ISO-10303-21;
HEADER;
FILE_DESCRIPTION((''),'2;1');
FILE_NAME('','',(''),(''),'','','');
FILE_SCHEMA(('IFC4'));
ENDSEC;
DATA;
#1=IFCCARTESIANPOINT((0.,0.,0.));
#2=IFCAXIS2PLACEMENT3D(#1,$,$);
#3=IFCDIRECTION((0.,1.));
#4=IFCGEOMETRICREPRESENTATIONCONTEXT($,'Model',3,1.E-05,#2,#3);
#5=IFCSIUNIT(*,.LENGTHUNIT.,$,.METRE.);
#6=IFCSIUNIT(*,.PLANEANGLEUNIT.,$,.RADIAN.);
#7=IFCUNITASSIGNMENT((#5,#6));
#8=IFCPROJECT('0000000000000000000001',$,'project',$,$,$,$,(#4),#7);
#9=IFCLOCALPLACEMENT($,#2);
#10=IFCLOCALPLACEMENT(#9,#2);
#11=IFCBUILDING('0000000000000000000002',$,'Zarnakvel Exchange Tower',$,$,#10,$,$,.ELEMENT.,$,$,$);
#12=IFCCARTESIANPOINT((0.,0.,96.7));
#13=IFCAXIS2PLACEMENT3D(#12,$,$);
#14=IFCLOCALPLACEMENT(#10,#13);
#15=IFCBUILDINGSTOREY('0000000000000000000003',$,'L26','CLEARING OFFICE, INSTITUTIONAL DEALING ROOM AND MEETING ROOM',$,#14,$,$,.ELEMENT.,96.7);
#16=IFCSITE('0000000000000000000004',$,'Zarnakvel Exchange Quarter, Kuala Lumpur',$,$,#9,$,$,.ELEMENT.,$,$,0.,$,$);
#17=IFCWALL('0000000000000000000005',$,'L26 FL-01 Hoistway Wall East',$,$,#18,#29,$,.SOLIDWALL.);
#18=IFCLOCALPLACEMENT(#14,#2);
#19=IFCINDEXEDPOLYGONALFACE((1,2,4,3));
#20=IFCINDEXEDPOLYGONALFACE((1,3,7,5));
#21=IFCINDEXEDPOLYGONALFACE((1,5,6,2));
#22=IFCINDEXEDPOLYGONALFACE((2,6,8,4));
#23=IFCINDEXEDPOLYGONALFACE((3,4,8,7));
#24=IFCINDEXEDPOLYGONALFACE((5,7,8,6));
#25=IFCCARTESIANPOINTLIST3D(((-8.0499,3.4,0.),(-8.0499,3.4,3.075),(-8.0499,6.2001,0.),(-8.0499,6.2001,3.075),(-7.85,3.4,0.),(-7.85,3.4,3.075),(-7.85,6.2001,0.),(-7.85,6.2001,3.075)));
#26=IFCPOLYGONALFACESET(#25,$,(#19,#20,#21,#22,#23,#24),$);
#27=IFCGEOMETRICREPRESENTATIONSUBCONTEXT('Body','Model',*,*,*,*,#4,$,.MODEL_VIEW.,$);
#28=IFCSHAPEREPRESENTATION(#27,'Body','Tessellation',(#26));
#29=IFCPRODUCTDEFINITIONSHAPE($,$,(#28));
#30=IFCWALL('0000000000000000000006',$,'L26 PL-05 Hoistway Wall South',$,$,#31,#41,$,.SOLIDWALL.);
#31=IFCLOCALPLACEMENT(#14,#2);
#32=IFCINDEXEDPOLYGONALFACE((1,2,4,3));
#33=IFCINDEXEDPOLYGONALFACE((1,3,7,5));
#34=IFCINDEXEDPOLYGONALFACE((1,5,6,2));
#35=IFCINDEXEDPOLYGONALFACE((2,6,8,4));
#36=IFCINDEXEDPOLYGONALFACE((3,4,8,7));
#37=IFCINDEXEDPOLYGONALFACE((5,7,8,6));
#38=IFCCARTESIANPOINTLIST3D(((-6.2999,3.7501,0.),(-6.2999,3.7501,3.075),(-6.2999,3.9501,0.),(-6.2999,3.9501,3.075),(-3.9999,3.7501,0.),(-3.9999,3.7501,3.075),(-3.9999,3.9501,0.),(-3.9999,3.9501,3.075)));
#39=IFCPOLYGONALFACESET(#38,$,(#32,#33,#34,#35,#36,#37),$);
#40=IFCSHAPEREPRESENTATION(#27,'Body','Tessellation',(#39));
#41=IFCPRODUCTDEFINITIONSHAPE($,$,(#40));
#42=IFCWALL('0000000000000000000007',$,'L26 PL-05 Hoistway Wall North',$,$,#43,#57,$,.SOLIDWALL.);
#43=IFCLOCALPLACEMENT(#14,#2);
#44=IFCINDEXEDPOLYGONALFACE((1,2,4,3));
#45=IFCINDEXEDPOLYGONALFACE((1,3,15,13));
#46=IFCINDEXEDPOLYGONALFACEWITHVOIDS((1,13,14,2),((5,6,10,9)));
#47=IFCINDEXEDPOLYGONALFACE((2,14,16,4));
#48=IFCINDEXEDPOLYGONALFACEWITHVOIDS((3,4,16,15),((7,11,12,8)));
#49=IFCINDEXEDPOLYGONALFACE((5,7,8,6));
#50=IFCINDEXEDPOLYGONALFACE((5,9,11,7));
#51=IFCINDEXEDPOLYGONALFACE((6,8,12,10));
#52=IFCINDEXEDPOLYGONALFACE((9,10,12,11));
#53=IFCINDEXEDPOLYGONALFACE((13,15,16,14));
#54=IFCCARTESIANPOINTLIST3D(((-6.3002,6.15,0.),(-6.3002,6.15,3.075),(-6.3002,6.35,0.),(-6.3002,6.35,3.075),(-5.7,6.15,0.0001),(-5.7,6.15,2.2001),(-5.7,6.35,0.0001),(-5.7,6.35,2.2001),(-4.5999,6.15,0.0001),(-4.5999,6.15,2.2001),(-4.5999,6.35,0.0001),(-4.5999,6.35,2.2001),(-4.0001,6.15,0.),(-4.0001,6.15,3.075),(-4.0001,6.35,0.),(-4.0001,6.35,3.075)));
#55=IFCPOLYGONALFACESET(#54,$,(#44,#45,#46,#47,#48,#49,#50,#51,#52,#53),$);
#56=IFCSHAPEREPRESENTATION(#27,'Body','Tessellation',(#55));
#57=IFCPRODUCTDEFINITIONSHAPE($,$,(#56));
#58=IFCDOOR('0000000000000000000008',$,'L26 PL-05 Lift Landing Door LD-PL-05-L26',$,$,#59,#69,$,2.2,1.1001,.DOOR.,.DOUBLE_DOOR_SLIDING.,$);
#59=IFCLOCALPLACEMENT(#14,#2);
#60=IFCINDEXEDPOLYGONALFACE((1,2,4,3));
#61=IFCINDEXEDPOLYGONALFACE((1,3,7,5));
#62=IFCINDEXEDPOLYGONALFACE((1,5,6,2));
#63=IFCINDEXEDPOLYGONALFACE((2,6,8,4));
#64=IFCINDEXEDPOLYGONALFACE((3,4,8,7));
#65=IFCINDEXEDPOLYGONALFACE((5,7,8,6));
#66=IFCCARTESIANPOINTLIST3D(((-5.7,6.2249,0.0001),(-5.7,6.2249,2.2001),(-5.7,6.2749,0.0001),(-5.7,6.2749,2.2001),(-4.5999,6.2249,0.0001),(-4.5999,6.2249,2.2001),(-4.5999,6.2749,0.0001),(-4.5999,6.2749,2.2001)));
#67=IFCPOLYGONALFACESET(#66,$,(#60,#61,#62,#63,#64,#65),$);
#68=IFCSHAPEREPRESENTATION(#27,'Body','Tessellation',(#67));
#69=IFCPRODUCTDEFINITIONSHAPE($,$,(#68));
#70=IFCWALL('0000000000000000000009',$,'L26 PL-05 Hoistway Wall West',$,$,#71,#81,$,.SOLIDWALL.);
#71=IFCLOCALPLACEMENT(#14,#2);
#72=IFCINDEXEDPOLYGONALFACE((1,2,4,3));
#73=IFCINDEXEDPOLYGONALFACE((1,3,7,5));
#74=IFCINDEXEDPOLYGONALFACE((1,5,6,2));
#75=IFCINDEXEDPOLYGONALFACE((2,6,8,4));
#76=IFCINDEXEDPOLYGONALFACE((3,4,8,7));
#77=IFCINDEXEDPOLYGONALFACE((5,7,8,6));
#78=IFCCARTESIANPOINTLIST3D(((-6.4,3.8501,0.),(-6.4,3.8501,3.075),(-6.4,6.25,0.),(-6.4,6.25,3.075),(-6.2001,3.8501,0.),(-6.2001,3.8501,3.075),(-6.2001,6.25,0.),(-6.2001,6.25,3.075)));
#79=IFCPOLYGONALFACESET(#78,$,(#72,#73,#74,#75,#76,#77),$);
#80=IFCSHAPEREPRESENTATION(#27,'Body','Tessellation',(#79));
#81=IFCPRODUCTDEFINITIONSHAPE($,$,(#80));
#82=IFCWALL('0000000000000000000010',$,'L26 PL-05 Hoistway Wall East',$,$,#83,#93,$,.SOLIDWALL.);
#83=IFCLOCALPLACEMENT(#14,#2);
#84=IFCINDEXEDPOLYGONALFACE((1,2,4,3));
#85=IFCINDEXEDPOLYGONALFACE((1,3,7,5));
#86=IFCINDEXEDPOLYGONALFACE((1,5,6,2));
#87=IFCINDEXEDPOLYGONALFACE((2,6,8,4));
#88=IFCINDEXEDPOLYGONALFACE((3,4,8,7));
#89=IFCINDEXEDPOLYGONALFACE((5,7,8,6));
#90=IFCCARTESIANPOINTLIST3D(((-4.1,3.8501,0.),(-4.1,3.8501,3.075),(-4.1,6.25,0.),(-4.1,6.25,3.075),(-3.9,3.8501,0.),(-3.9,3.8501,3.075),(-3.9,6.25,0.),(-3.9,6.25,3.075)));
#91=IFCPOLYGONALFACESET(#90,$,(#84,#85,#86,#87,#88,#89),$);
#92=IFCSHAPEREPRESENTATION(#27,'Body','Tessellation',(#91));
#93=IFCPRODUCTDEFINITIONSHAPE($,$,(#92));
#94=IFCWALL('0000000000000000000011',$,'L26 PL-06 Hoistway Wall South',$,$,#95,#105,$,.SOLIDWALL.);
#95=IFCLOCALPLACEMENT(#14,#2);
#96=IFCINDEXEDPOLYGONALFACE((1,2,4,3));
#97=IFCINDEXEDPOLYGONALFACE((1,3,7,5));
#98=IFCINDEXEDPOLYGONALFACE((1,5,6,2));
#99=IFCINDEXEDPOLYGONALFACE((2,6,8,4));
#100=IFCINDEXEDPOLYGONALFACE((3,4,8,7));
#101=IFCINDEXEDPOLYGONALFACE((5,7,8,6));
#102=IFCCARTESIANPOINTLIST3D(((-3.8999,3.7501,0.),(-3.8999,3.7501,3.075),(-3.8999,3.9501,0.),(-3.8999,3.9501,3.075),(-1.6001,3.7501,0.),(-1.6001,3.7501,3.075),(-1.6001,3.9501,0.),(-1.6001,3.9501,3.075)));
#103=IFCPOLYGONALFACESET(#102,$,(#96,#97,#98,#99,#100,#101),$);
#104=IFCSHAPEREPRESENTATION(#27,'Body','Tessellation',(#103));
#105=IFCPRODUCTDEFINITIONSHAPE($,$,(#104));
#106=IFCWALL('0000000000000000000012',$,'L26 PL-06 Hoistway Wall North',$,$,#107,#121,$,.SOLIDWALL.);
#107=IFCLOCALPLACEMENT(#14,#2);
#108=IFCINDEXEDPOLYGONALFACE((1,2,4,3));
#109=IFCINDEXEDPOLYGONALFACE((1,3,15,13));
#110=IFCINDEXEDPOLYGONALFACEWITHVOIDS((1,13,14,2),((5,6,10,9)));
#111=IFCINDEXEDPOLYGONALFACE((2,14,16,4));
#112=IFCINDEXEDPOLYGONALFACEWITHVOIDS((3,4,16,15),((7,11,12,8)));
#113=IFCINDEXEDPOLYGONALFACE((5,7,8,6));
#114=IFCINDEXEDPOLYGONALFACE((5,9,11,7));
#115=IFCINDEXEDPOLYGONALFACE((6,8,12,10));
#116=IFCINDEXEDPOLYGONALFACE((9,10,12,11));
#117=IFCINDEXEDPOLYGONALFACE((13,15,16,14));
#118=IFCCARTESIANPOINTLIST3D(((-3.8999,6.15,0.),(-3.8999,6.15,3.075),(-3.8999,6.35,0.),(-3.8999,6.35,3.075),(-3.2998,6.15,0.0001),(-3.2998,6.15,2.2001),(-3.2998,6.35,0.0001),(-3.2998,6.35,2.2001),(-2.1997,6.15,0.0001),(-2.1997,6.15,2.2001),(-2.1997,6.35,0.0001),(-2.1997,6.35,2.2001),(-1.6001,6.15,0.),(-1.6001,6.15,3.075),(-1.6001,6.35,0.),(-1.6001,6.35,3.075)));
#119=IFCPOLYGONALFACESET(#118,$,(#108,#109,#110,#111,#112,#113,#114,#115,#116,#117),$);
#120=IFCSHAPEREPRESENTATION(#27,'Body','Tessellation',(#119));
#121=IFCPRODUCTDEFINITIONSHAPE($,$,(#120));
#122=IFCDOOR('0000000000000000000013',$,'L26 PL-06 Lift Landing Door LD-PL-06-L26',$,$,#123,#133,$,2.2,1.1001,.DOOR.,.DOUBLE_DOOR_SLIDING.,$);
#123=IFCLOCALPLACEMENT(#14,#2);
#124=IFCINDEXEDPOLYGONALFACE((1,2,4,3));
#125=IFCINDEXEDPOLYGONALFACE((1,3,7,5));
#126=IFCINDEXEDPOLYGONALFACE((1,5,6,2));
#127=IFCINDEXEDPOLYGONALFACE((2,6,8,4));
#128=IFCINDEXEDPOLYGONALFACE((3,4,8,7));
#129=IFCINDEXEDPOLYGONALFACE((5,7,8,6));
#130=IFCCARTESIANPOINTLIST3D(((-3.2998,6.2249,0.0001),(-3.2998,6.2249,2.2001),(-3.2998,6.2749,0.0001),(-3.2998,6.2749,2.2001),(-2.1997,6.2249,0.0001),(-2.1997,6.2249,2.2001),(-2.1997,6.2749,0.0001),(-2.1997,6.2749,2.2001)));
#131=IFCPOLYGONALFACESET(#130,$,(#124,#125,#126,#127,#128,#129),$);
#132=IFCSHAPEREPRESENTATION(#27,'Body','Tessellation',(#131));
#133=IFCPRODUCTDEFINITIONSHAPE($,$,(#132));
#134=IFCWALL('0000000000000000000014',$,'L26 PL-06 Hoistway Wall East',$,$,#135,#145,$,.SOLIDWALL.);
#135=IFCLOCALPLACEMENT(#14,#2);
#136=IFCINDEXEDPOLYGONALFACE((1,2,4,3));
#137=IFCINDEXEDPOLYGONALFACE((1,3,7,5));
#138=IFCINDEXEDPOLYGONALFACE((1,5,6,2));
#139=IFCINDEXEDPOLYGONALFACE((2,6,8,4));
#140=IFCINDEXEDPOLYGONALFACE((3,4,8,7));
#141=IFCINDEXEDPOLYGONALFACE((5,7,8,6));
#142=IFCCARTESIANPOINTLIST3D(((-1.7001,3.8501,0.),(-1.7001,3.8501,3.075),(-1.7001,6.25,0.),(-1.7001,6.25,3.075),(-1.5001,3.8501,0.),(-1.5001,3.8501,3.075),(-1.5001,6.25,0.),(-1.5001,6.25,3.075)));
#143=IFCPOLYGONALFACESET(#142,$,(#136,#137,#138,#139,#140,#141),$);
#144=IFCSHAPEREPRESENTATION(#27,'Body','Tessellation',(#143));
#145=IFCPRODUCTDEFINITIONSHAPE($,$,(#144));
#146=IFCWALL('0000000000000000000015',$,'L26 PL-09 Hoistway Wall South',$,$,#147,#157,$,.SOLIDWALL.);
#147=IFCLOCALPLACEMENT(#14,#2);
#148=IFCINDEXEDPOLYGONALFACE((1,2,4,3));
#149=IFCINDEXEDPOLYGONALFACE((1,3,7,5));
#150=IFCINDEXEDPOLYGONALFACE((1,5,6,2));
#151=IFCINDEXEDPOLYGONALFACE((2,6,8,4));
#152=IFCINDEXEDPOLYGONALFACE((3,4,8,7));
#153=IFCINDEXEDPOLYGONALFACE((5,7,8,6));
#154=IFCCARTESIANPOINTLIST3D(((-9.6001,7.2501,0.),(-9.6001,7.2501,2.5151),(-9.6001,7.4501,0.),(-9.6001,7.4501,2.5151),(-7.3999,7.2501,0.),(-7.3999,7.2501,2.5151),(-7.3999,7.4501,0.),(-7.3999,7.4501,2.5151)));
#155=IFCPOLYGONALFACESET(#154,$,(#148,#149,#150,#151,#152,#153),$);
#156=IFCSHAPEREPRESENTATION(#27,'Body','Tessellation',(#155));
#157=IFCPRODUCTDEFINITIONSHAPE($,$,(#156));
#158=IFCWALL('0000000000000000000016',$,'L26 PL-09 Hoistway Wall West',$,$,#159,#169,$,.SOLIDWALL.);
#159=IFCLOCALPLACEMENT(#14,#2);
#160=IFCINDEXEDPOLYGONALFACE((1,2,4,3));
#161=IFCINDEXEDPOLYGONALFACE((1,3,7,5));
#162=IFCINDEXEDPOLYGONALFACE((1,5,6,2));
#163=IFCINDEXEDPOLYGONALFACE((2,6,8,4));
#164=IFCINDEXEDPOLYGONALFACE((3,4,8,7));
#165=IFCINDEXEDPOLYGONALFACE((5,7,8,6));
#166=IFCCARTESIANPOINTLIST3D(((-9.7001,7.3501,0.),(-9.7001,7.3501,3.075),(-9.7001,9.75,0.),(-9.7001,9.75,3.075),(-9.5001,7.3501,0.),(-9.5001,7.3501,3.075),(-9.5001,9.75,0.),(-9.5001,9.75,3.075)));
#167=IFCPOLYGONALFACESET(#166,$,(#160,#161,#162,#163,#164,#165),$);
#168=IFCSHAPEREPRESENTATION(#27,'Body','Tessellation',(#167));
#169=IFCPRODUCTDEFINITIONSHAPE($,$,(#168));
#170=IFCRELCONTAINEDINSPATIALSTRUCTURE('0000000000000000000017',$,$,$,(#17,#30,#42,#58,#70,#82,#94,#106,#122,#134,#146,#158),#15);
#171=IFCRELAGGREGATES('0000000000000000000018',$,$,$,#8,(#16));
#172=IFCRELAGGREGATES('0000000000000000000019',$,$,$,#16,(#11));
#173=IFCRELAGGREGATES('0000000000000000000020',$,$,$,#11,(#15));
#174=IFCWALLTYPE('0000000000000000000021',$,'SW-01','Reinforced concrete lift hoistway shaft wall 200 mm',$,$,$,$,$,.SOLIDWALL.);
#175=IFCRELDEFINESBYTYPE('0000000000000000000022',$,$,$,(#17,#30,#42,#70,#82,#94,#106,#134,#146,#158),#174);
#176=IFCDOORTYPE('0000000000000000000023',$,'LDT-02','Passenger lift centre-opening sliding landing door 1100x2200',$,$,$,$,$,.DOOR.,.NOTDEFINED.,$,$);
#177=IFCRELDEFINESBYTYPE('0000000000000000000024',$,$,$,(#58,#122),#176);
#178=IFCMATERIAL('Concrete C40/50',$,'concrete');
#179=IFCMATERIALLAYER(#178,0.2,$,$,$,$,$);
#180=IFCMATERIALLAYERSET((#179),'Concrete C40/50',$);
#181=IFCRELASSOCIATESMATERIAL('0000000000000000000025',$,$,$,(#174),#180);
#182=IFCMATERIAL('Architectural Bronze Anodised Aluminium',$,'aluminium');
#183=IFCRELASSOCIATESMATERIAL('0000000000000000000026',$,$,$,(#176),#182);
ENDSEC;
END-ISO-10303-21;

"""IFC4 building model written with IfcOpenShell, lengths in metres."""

from ifc_helpers import new_model, si_unit, direction, frame, frame_2d, origin, place, context, subcontext, project, spatial, rectangle, extrude, source, transform, mapped, material, layer, layer_set, type_object, element, fill, save


model = new_model("IFC4")

# Units and contexts
model_context = context("Model", 3, precision=1e-05, world=origin(), true_north=direction((0.0, 1.0)))
body_context = subcontext(model_context, "Body", "Model", "MODEL_VIEW")
ifc_project = project(units=[si_unit("LENGTHUNIT", "METRE"), si_unit("PLANEANGLEUNIT", "RADIAN")], contexts=[model_context])

# Site, building, storey
site_placement = place(None, origin())
site = spatial("IfcSite", under=ifc_project, at=site_placement, Name="Zarnakvel Exchange Quarter, Kuala Lumpur", CompositionType="ELEMENT", RefElevation=0.0)
building_placement = place(site_placement, origin())
building = spatial("IfcBuilding", under=site, at=building_placement, Name="Zarnakvel Exchange Tower", CompositionType="ELEMENT")
storey_placement = place(building_placement, frame((0.0, 0.0, 96.7)))
storey = spatial("IfcBuildingStorey", under=building, at=storey_placement, Name="L26", Description="CLEARING OFFICE, INSTITUTIONAL DEALING ROOM AND MEETING ROOM", CompositionType="ELEMENT", Elevation=96.7)

# Shared definitions
ifc_material_1 = material(Name="Concrete C40/50", Category="concrete")
ifc_layer_1 = layer(ifc_material_1, 0.2)
ifc_layer_set_1 = layer_set([ifc_layer_1], Name="Concrete C40/50")
wall_type_1 = type_object("IfcWallType", Name="SW-01", Description="Reinforced concrete lift hoistway shaft wall 200 mm", PredefinedType="SOLIDWALL", material=ifc_layer_set_1)
shared_shape_1 = source(origin(), body_context, "Body", "SweptSolid", [
    extrude(rectangle(XDim=1.1001, YDim=2.2, at=frame_2d((0.55, 1.1001))), frame((0.0, 0.0249, 0.0), z_axis=(0.0, -1.0, 0.0), x_axis=(1.0, 0.0, 0.0)), (0.0, 0.0, 1.0), 0.05),
])

# Walls
for number, where, z_axis, x_axis, name in (
    (1, (-7.95, 6.2, 0.0), (0.0, 0.0, 1.0), (0.0, -1.0, 0.0), "L26 FL-01 Hoistway Wall East"),
):
    element("IfcWall", number, at=place(storey_placement, frame(where, z_axis=z_axis, x_axis=x_axis)), inside=storey, type_object=wall_type_1, Name=name, PredefinedType="SOLIDWALL", context=body_context, shape_type="SweptSolid", body=[
        extrude(rectangle(XDim=2.8, YDim=0.2, at=frame_2d((1.3999, 0.0))), origin(), (0.0, 0.0, 1.0), 3.075),
    ])
wall_1_placement = place(storey_placement, frame((-4.0, 3.8501, 0.0), z_axis=(0.0, 0.0, 1.0), x_axis=(-1.0, 0.0, 0.0)))
element("IfcWall", 2, at=wall_1_placement, inside=storey, type_object=wall_type_1, Name="L26 PL-05 Hoistway Wall South", PredefinedType="SOLIDWALL", context=body_context, shape_type="SweptSolid", body=[
    extrude(rectangle(XDim=2.3, YDim=0.2, at=frame_2d((1.1499, 0.0))), origin(), (0.0, 0.0, 1.0), 3.075),
])

# Wall, opening, door
wall_2_placement = place(storey_placement, frame((-6.3, 6.25, 0.0), z_axis=(0.0, 0.0, 1.0), x_axis=(1.0, 0.0, 0.0)))
wall_2 = element("IfcWall", 3, at=wall_2_placement, inside=storey, type_object=wall_type_1, Name="L26 PL-05 Hoistway Wall North", PredefinedType="SOLIDWALL", context=body_context, shape_type="SweptSolid", body=[
    extrude(rectangle(XDim=2.3, YDim=0.2, at=frame_2d((1.1499, 0.0))), origin(), (0.0, 0.0, 1.0), 3.075),
])
opening_1_placement = place(wall_2_placement, frame((0.6001, 0.0, 0.0)))
opening_1 = element("IfcOpeningElement", 4, at=opening_1_placement, cuts=wall_2, PredefinedType="OPENING", context=body_context, shape_type="SweptSolid", body=[
    extrude(rectangle(XDim=1.1001, YDim=2.2, at=frame_2d((0.55, 1.1001))), frame((0.0, 0.1099, 0.0), z_axis=(0.0, -1.0, 0.0), x_axis=(1.0, 0.0, 0.0)), (0.0, 0.0, 1.0), 0.22),
])
ifc_material_2 = material(Name="Architectural Bronze Anodised Aluminium", Category="aluminium")
door_type_1 = type_object("IfcDoorType", Name="LDT-02", Description="Passenger lift centre-opening sliding landing door 1100x2200", OperationType="NOTDEFINED", PredefinedType="DOOR", material=ifc_material_2)
door_1_placement = place(opening_1_placement, origin())
door_1 = element("IfcDoor", 5, at=door_1_placement, inside=storey, type_object=door_type_1, Name="L26 PL-05 Lift Landing Door LD-PL-05-L26", OperationType="DOUBLE_DOOR_SLIDING", OverallHeight=2.2, OverallWidth=1.1001, PredefinedType="DOOR", context=body_context, shape_type="MappedRepresentation", body=[
    mapped(shared_shape_1, transform((0.0, 0.0, 0.0), x_axis=(1.0, 0.0, 0.0), y_axis=(0.0, 1.0, 0.0), z_axis=(0.0, 0.0, 1.0), scale=1.0)),
])
fill(opening_1, door_1)

# Walls
for number, where, z_axis, x_axis, name in (
    (6, (-6.3, 3.8501, 0.0), (0.0, 0.0, 1.0), (0.0, 1.0, 0.0), "L26 PL-05 Hoistway Wall West"),
    (7, (-4.0, 6.25, 0.0), (0.0, 0.0, 1.0), (0.0, -1.0, 0.0), "L26 PL-05 Hoistway Wall East"),
):
    element("IfcWall", number, at=place(storey_placement, frame(where, z_axis=z_axis, x_axis=x_axis)), inside=storey, type_object=wall_type_1, Name=name, PredefinedType="SOLIDWALL", context=body_context, shape_type="SweptSolid", body=[
        extrude(rectangle(XDim=2.3999, YDim=0.2, at=frame_2d((1.2, 0.0))), origin(), (0.0, 0.0, 1.0), 3.075),
    ])
wall_3_placement = place(storey_placement, frame((-1.6001, 3.8501, 0.0), z_axis=(0.0, 0.0, 1.0), x_axis=(-1.0, 0.0, 0.0)))
element("IfcWall", 8, at=wall_3_placement, inside=storey, type_object=wall_type_1, Name="L26 PL-06 Hoistway Wall South", PredefinedType="SOLIDWALL", context=body_context, shape_type="SweptSolid", body=[
    extrude(rectangle(XDim=2.2998, YDim=0.2, at=frame_2d((1.1499, 0.0))), origin(), (0.0, 0.0, 1.0), 3.075),
])

# Wall, opening, door
wall_4_placement = place(storey_placement, frame((-3.8999, 6.25, 0.0), z_axis=(0.0, 0.0, 1.0), x_axis=(1.0, 0.0, 0.0)))
wall_4 = element("IfcWall", 9, at=wall_4_placement, inside=storey, type_object=wall_type_1, Name="L26 PL-06 Hoistway Wall North", PredefinedType="SOLIDWALL", context=body_context, shape_type="SweptSolid", body=[
    extrude(rectangle(XDim=2.2998, YDim=0.2, at=frame_2d((1.1499, 0.0))), origin(), (0.0, 0.0, 1.0), 3.075),
])
opening_2_placement = place(wall_4_placement, frame((0.6001, 0.0, 0.0)))
opening_2 = element("IfcOpeningElement", 10, at=opening_2_placement, cuts=wall_4, PredefinedType="OPENING", context=body_context, shape_type="SweptSolid", body=[
    extrude(rectangle(XDim=1.1001, YDim=2.2, at=frame_2d((0.55, 1.1001))), frame((0.0, 0.1099, 0.0), z_axis=(0.0, -1.0, 0.0), x_axis=(1.0, 0.0, 0.0)), (0.0, 0.0, 1.0), 0.22),
])
door_2_placement = place(opening_2_placement, origin())
door_2 = element("IfcDoor", 11, at=door_2_placement, inside=storey, type_object=door_type_1, Name="L26 PL-06 Lift Landing Door LD-PL-06-L26", OperationType="DOUBLE_DOOR_SLIDING", OverallHeight=2.2, OverallWidth=1.1001, PredefinedType="DOOR", context=body_context, shape_type="MappedRepresentation", body=[
    mapped(shared_shape_1, transform((0.0, 0.0, 0.0), x_axis=(1.0, 0.0, 0.0), y_axis=(0.0, 1.0, 0.0), z_axis=(0.0, 0.0, 1.0), scale=1.0)),
])
fill(opening_2, door_2)

# Walls
wall_5_placement = place(storey_placement, frame((-1.6001, 6.25, 0.0), z_axis=(0.0, 0.0, 1.0), x_axis=(0.0, -1.0, 0.0)))
element("IfcWall", 12, at=wall_5_placement, inside=storey, type_object=wall_type_1, Name="L26 PL-06 Hoistway Wall East", PredefinedType="SOLIDWALL", context=body_context, shape_type="SweptSolid", body=[
    extrude(rectangle(XDim=2.3999, YDim=0.2, at=frame_2d((1.2, 0.0))), origin(), (0.0, 0.0, 1.0), 3.075),
])
wall_6_placement = place(storey_placement, frame((-7.3999, 7.3501, 0.0), z_axis=(0.0, 0.0, 1.0), x_axis=(-1.0, 0.0, 0.0)))
element("IfcWall", 13, at=wall_6_placement, inside=storey, type_object=wall_type_1, Name="L26 PL-09 Hoistway Wall South", PredefinedType="SOLIDWALL", context=body_context, shape_type="SweptSolid", body=[
    extrude(rectangle(XDim=2.2002, YDim=0.2, at=frame_2d((1.1001, 0.0))), origin(), (0.0, 0.0, 1.0), 2.5151),
])
wall_7_placement = place(storey_placement, frame((-9.6001, 7.3501, 0.0), z_axis=(0.0, 0.0, 1.0), x_axis=(0.0, 1.0, 0.0)))
element("IfcWall", 14, at=wall_7_placement, inside=storey, type_object=wall_type_1, Name="L26 PL-09 Hoistway Wall West", PredefinedType="SOLIDWALL", context=body_context, shape_type="SweptSolid", body=[
    extrude(rectangle(XDim=2.3999, YDim=0.2, at=frame_2d((1.2, 0.0))), origin(), (0.0, 0.0, 1.0), 3.075),
])

save(model, "model.ifc")
